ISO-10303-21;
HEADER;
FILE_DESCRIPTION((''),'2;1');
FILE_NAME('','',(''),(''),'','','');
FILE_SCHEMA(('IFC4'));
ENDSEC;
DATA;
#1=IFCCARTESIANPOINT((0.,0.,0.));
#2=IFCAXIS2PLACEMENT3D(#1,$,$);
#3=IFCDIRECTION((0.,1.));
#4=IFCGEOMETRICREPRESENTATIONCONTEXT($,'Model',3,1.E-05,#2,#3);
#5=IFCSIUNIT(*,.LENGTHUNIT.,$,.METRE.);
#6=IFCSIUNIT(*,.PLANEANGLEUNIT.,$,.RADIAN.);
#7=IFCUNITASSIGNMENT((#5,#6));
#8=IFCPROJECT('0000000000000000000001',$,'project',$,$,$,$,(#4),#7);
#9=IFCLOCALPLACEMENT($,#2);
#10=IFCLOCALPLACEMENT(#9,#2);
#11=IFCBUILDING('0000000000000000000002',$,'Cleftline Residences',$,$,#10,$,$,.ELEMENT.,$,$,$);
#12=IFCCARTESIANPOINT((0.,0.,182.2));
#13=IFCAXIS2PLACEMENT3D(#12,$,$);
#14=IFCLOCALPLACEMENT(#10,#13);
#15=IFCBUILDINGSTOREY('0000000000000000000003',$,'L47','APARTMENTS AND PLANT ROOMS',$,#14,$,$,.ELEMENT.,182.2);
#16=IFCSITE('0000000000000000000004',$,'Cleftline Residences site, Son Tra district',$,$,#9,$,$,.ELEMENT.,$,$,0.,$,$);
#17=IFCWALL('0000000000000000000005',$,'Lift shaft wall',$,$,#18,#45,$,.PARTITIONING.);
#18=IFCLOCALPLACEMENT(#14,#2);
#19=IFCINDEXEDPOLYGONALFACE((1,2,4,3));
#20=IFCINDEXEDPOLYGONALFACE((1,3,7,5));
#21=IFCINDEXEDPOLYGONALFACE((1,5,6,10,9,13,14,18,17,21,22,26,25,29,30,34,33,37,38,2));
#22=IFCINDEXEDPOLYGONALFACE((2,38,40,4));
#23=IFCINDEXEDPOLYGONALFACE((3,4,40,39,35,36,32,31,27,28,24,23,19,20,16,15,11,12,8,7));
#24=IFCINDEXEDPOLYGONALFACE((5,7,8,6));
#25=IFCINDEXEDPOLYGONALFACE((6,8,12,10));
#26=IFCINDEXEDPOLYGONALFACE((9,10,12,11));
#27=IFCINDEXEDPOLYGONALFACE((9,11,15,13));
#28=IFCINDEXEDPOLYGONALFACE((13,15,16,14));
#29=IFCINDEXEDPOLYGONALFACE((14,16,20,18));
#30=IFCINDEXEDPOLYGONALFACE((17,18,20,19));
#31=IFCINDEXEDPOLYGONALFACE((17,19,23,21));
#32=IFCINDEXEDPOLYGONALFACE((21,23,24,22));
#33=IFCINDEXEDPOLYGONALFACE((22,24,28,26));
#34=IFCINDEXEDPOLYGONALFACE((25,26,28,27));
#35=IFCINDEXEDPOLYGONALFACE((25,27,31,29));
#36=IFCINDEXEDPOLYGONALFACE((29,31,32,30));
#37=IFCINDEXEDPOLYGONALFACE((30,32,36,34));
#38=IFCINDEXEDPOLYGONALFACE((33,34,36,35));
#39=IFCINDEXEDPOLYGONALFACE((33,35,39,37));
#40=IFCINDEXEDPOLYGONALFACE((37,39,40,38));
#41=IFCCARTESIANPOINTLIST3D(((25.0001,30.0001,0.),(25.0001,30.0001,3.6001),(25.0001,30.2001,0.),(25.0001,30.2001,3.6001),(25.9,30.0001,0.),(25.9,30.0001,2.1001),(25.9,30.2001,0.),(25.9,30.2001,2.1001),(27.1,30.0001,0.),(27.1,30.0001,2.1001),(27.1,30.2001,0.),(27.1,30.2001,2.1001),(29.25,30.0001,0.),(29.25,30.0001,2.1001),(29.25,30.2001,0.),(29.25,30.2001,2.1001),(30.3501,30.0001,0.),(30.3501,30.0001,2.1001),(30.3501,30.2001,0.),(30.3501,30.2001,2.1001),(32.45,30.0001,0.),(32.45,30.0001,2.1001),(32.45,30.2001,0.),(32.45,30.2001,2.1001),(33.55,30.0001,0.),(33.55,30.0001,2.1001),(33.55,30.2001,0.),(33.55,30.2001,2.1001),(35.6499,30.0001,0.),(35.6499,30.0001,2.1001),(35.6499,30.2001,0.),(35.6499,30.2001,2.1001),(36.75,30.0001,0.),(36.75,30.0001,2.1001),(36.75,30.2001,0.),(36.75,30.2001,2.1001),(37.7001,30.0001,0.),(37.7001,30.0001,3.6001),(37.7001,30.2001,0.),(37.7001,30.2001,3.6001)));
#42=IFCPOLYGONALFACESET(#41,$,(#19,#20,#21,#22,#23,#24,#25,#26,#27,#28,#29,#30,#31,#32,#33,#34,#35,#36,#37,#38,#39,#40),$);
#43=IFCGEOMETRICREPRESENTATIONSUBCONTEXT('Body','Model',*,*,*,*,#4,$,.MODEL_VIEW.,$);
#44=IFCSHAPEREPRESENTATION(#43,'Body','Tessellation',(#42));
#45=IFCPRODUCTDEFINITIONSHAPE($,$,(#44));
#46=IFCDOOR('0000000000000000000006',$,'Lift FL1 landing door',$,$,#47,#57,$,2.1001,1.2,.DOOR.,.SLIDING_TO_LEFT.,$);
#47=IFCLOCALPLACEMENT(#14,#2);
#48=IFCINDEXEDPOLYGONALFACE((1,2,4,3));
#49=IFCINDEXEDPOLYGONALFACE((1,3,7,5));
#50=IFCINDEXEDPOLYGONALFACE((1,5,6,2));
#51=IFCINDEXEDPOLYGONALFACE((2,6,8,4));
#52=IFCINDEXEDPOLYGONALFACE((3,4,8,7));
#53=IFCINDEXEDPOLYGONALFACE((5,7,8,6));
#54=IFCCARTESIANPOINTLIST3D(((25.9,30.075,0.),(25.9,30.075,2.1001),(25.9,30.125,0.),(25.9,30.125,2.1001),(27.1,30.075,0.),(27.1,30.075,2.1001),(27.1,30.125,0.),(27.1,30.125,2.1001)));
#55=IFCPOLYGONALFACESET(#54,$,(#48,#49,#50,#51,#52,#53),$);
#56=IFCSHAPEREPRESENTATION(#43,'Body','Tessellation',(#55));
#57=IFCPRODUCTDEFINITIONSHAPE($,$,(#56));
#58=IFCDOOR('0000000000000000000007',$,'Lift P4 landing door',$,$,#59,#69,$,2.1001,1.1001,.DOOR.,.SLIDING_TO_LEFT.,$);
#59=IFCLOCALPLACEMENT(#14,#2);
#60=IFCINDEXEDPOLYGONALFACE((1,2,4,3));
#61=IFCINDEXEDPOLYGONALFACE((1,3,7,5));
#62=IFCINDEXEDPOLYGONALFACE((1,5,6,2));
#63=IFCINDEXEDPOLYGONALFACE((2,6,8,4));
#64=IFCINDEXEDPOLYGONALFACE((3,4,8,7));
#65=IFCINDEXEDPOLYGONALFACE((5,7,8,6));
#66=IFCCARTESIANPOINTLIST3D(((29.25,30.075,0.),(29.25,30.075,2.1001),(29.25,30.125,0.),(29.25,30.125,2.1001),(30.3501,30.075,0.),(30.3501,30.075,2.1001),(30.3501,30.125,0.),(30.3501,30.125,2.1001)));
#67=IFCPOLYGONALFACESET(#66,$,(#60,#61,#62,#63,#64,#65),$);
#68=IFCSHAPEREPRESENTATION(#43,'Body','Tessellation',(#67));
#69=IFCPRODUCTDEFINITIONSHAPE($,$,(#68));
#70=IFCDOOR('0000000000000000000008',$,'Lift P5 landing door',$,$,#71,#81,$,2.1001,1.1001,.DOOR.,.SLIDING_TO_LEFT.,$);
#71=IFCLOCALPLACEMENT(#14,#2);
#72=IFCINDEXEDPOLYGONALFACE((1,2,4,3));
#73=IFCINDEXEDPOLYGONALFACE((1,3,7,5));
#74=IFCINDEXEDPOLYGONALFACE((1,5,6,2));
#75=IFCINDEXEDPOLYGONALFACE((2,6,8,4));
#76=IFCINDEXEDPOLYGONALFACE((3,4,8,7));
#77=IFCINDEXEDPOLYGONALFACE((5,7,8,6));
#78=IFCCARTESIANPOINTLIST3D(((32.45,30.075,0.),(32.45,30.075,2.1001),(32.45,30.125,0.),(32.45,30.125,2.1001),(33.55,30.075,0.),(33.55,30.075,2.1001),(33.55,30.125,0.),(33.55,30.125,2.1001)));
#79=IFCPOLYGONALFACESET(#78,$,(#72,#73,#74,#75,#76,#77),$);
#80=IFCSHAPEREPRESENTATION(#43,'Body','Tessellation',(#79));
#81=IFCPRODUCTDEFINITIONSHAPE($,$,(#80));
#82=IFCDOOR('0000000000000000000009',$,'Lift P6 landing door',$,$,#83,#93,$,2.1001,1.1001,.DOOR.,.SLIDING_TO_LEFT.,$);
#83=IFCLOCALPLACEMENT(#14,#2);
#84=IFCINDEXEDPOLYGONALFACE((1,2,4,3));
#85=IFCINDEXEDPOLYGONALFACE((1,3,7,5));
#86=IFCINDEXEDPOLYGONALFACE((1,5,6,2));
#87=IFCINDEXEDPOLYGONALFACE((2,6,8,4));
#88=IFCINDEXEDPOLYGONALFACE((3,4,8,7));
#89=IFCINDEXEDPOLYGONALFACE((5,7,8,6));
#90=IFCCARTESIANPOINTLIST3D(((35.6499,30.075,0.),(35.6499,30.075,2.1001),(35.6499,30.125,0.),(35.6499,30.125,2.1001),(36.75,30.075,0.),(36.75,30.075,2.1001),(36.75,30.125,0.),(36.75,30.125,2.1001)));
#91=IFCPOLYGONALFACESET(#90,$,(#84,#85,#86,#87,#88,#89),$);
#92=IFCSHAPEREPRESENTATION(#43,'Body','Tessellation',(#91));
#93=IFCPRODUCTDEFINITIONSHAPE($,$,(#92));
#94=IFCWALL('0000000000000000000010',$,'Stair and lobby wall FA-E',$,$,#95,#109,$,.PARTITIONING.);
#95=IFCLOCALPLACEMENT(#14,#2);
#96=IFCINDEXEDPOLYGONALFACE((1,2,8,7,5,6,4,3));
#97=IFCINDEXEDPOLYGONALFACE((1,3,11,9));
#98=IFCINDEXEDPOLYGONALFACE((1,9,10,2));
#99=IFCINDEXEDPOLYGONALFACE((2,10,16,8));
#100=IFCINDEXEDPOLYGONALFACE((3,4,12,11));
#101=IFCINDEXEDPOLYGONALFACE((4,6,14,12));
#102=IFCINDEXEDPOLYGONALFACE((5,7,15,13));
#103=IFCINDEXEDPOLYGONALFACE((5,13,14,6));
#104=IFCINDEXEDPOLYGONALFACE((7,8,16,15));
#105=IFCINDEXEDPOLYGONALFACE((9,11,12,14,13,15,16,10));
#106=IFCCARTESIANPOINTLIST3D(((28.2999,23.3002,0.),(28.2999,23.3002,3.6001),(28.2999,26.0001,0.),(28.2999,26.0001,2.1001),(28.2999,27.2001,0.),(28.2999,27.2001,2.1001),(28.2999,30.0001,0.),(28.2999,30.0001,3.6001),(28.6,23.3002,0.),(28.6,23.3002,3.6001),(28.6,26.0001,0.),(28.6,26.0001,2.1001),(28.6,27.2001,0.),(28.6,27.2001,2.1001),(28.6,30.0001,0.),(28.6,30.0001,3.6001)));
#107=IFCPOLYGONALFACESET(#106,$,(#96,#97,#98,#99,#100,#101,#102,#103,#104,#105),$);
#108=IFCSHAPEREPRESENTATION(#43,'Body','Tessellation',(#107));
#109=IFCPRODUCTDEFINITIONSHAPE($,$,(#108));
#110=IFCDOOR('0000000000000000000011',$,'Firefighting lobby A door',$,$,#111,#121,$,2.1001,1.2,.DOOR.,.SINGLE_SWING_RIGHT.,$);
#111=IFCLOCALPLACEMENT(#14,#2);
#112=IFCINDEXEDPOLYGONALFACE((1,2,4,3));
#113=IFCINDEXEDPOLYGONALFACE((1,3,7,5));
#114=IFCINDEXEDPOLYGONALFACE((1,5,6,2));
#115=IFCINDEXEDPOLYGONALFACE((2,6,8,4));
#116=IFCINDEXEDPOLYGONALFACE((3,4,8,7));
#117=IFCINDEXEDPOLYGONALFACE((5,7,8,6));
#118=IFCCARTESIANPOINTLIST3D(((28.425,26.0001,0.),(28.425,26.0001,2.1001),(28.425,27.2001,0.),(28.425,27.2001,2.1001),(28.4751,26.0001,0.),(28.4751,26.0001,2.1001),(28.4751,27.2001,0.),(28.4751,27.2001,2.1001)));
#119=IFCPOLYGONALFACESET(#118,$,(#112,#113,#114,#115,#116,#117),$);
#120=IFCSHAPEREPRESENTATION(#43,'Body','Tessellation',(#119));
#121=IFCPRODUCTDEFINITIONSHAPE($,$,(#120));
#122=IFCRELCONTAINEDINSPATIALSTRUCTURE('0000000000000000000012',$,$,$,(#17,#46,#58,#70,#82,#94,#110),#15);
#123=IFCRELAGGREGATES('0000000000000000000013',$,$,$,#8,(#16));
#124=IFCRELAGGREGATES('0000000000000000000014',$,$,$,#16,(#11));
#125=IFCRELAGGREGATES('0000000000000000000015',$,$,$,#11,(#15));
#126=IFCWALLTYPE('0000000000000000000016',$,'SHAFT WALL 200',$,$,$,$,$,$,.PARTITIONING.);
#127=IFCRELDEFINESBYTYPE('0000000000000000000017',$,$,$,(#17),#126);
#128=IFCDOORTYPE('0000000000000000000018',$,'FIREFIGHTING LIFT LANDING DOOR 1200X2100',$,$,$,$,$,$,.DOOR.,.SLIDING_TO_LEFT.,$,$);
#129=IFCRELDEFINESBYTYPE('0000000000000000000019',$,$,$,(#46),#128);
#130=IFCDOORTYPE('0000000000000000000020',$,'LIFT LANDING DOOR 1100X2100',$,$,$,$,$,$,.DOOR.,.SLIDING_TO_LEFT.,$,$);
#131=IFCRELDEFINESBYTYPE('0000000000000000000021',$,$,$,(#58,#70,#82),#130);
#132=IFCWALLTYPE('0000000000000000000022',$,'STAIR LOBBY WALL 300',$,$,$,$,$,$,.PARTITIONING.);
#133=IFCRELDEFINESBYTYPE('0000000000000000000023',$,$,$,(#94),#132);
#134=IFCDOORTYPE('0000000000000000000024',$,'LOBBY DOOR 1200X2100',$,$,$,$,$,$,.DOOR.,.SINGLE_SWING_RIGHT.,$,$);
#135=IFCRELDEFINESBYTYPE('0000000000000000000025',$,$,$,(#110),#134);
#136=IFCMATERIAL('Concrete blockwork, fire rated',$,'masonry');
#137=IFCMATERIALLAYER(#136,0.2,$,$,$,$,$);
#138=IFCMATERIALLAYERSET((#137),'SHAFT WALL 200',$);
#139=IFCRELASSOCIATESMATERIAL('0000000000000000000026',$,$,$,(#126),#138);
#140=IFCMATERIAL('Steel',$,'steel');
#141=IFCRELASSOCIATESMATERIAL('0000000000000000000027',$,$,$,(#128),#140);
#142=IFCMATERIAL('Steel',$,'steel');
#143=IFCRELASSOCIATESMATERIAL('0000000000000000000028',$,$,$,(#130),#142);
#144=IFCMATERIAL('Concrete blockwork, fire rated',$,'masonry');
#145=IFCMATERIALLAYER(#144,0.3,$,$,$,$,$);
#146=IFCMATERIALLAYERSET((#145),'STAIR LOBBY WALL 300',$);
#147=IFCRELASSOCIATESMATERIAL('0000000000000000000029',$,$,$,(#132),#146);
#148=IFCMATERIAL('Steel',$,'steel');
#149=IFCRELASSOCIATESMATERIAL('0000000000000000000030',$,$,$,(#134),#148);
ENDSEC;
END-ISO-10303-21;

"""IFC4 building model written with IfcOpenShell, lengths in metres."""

from ifc_helpers import new_model, si_unit, direction, frame, frame_2d, origin, place, context, subcontext, project, spatial, rectangle, extrude, material, layer, layer_set, type_object, element, fill, save


model = new_model("IFC4")

# Units and contexts
model_context = context("Model", 3, precision=1e-05, world=origin(), true_north=direction((0.0, 1.0)))
body_context = subcontext(model_context, "Body", "Model", "MODEL_VIEW")
ifc_project = project(units=[si_unit("LENGTHUNIT", "METRE"), si_unit("PLANEANGLEUNIT", "RADIAN")], contexts=[model_context])

# Site, building, storey
site_placement = place(None, origin())
site = spatial("IfcSite", under=ifc_project, at=site_placement, Name="Cleftline Residences site, Son Tra district", CompositionType="ELEMENT", RefElevation=0.0)
building_placement = place(site_placement, origin())
building = spatial("IfcBuilding", under=site, at=building_placement, Name="Cleftline Residences", CompositionType="ELEMENT")
storey_placement = place(building_placement, frame((0.0, 0.0, 182.2)))
storey = spatial("IfcBuildingStorey", under=building, at=storey_placement, Name="L47", Description="APARTMENTS AND PLANT ROOMS", CompositionType="ELEMENT", Elevation=182.2)

# Wall, openings, doors
ifc_material_1 = material(Name="Concrete blockwork, fire rated", Category="masonry")
ifc_layer_1 = layer(ifc_material_1, 0.2)
ifc_layer_set_1 = layer_set([ifc_layer_1], Name="SHAFT WALL 200")
wall_type_1 = type_object("IfcWallType", Name="SHAFT WALL 200", PredefinedType="PARTITIONING", material=ifc_layer_set_1)
wall_1_placement = place(storey_placement, frame((25.0, 30.1001, 0.0), z_axis=(0.0, 0.0, 1.0), x_axis=(1.0, 0.0, 0.0)))
wall_1 = element("IfcWall", 1, at=wall_1_placement, inside=storey, type_object=wall_type_1, Name="Lift shaft wall", PredefinedType="PARTITIONING", context=body_context, shape_type="SweptSolid", body=[
    extrude(rectangle(XDim=12.7, YDim=0.2, at=frame_2d((6.3501, 0.0))), origin(), (0.0, 0.0, 1.0), 3.6001),
])
opening_1_placement = place(wall_1_placement, frame((4.25, 0.0, 0.0)))
opening_1 = element("IfcOpeningElement", 2, at=opening_1_placement, cuts=wall_1, PredefinedType="OPENING", context=body_context, shape_type="SweptSolid", body=[
    extrude(rectangle(XDim=1.1001, YDim=2.1001, at=frame_2d((0.55, 1.05))), frame((0.0, 0.1099, 0.0), z_axis=(0.0, -1.0, 0.0), x_axis=(1.0, 0.0, 0.0)), (0.0, 0.0, 1.0), 0.22),
])
opening_2_placement = place(wall_1_placement, frame((7.45, 0.0, 0.0)))
opening_2 = element("IfcOpeningElement", 3, at=opening_2_placement, cuts=wall_1, PredefinedType="OPENING", context=body_context, shape_type="SweptSolid", body=[
    extrude(rectangle(XDim=1.1001, YDim=2.1001, at=frame_2d((0.55, 1.05))), frame((0.0, 0.1099, 0.0), z_axis=(0.0, -1.0, 0.0), x_axis=(1.0, 0.0, 0.0)), (0.0, 0.0, 1.0), 0.22),
])
opening_3_placement = place(wall_1_placement, frame((10.6499, 0.0, 0.0)))
opening_3 = element("IfcOpeningElement", 4, at=opening_3_placement, cuts=wall_1, PredefinedType="OPENING", context=body_context, shape_type="SweptSolid", body=[
    extrude(rectangle(XDim=1.1001, YDim=2.1001, at=frame_2d((0.55, 1.05))), frame((0.0, 0.1099, 0.0), z_axis=(0.0, -1.0, 0.0), x_axis=(1.0, 0.0, 0.0)), (0.0, 0.0, 1.0), 0.22),
])
opening_4_placement = place(wall_1_placement, frame((0.8999, 0.0, 0.0)))
opening_4 = element("IfcOpeningElement", 5, at=opening_4_placement, cuts=wall_1, PredefinedType="OPENING", context=body_context, shape_type="SweptSolid", body=[
    extrude(rectangle(XDim=1.2, YDim=2.1001, at=frame_2d((0.6001, 1.05))), frame((0.0, 0.1099, 0.0), z_axis=(0.0, -1.0, 0.0), x_axis=(1.0, 0.0, 0.0)), (0.0, 0.0, 1.0), 0.22),
])
ifc_material_2 = material(Name="Steel", Category="steel")
door_type_1 = type_object("IfcDoorType", Name="FIREFIGHTING LIFT LANDING DOOR 1200X2100", OperationType="SLIDING_TO_LEFT", PredefinedType="DOOR", material=ifc_material_2)
door_1_placement = place(opening_4_placement, origin())
door_1 = element("IfcDoor", 6, at=door_1_placement, inside=storey, type_object=door_type_1, Name="Lift FL1 landing door", OperationType="SLIDING_TO_LEFT", OverallHeight=2.1001, OverallWidth=1.2, PredefinedType="DOOR", context=body_context, shape_type="SweptSolid", body=[
    extrude(rectangle(XDim=1.2, YDim=2.1001, at=frame_2d((0.6001, 1.05))), frame((0.0, 0.0249, 0.0), z_axis=(0.0, -1.0, 0.0), x_axis=(1.0, 0.0, 0.0)), (0.0, 0.0, 1.0), 0.05),
])
fill(opening_4, door_1)
ifc_material_3 = material(Name="Steel", Category="steel")
door_type_2 = type_object("IfcDoorType", Name="LIFT LANDING DOOR 1100X2100", OperationType="SLIDING_TO_LEFT", PredefinedType="DOOR", material=ifc_material_3)
door_2_placement = place(opening_1_placement, origin())
door_2 = element("IfcDoor", 7, at=door_2_placement, inside=storey, type_object=door_type_2, Name="Lift P4 landing door", OperationType="SLIDING_TO_LEFT", OverallHeight=2.1001, OverallWidth=1.1001, PredefinedType="DOOR", context=body_context, shape_type="SweptSolid", body=[
    extrude(rectangle(XDim=1.1001, YDim=2.1001, at=frame_2d((0.55, 1.05))), frame((0.0, 0.0249, 0.0), z_axis=(0.0, -1.0, 0.0), x_axis=(1.0, 0.0, 0.0)), (0.0, 0.0, 1.0), 0.05),
])
fill(opening_1, door_2)
door_3_placement = place(opening_2_placement, origin())
door_3 = element("IfcDoor", 8, at=door_3_placement, inside=storey, type_object=door_type_2, Name="Lift P5 landing door", OperationType="SLIDING_TO_LEFT", OverallHeight=2.1001, OverallWidth=1.1001, PredefinedType="DOOR", context=body_context, shape_type="SweptSolid", body=[
    extrude(rectangle(XDim=1.1001, YDim=2.1001, at=frame_2d((0.55, 1.05))), frame((0.0, 0.0249, 0.0), z_axis=(0.0, -1.0, 0.0), x_axis=(1.0, 0.0, 0.0)), (0.0, 0.0, 1.0), 0.05),
])
fill(opening_2, door_3)
door_4_placement = place(opening_3_placement, origin())
door_4 = element("IfcDoor", 9, at=door_4_placement, inside=storey, type_object=door_type_2, Name="Lift P6 landing door", OperationType="SLIDING_TO_LEFT", OverallHeight=2.1001, OverallWidth=1.1001, PredefinedType="DOOR", context=body_context, shape_type="SweptSolid", body=[
    extrude(rectangle(XDim=1.1001, YDim=2.1001, at=frame_2d((0.55, 1.05))), frame((0.0, 0.0249, 0.0), z_axis=(0.0, -1.0, 0.0), x_axis=(1.0, 0.0, 0.0)), (0.0, 0.0, 1.0), 0.05),
])
fill(opening_3, door_4)

# Wall, opening, door
ifc_material_4 = material(Name="Concrete blockwork, fire rated", Category="masonry")
ifc_layer_2 = layer(ifc_material_4, 0.3)
ifc_layer_set_2 = layer_set([ifc_layer_2], Name="STAIR LOBBY WALL 300")
wall_type_2 = type_object("IfcWallType", Name="STAIR LOBBY WALL 300", PredefinedType="PARTITIONING", material=ifc_layer_set_2)
wall_2_placement = place(storey_placement, frame((28.45, 23.3, 0.0), z_axis=(0.0, 0.0, 1.0), x_axis=(0.0, 1.0, 0.0)))
wall_2 = element("IfcWall", 10, at=wall_2_placement, inside=storey, type_object=wall_type_2, Name="Stair and lobby wall FA-E", PredefinedType="PARTITIONING", context=body_context, shape_type="SweptSolid", body=[
    extrude(rectangle(XDim=6.7, YDim=0.3, at=frame_2d((3.3501, 0.0))), origin(), (0.0, 0.0, 1.0), 3.6001),
])
opening_5_placement = place(wall_2_placement, frame((2.7, 0.0, 0.0)))
opening_5 = element("IfcOpeningElement", 11, at=opening_5_placement, cuts=wall_2, PredefinedType="OPENING", context=body_context, shape_type="SweptSolid", body=[
    extrude(rectangle(XDim=1.2, YDim=2.1001, at=frame_2d((0.6001, 1.05))), frame((0.0, 0.1599, 0.0), z_axis=(0.0, -1.0, 0.0), x_axis=(1.0, 0.0, 0.0)), (0.0, 0.0, 1.0), 0.3201),
])
ifc_material_5 = material(Name="Steel", Category="steel")
door_type_3 = type_object("IfcDoorType", Name="LOBBY DOOR 1200X2100", OperationType="SINGLE_SWING_RIGHT", PredefinedType="DOOR", material=ifc_material_5)
door_5_placement = place(opening_5_placement, origin())
door_5 = element("IfcDoor", 12, at=door_5_placement, inside=storey, type_object=door_type_3, Name="Firefighting lobby A door", OperationType="SINGLE_SWING_RIGHT", OverallHeight=2.1001, OverallWidth=1.2, PredefinedType="DOOR", context=body_context, shape_type="SweptSolid", body=[
    extrude(rectangle(XDim=1.2, YDim=2.1001, at=frame_2d((0.6001, 1.05))), frame((0.0, 0.0249, 0.0), z_axis=(0.0, -1.0, 0.0), x_axis=(1.0, 0.0, 0.0)), (0.0, 0.0, 1.0), 0.05),
])
fill(opening_5, door_5)

save(model, "model.ifc")
